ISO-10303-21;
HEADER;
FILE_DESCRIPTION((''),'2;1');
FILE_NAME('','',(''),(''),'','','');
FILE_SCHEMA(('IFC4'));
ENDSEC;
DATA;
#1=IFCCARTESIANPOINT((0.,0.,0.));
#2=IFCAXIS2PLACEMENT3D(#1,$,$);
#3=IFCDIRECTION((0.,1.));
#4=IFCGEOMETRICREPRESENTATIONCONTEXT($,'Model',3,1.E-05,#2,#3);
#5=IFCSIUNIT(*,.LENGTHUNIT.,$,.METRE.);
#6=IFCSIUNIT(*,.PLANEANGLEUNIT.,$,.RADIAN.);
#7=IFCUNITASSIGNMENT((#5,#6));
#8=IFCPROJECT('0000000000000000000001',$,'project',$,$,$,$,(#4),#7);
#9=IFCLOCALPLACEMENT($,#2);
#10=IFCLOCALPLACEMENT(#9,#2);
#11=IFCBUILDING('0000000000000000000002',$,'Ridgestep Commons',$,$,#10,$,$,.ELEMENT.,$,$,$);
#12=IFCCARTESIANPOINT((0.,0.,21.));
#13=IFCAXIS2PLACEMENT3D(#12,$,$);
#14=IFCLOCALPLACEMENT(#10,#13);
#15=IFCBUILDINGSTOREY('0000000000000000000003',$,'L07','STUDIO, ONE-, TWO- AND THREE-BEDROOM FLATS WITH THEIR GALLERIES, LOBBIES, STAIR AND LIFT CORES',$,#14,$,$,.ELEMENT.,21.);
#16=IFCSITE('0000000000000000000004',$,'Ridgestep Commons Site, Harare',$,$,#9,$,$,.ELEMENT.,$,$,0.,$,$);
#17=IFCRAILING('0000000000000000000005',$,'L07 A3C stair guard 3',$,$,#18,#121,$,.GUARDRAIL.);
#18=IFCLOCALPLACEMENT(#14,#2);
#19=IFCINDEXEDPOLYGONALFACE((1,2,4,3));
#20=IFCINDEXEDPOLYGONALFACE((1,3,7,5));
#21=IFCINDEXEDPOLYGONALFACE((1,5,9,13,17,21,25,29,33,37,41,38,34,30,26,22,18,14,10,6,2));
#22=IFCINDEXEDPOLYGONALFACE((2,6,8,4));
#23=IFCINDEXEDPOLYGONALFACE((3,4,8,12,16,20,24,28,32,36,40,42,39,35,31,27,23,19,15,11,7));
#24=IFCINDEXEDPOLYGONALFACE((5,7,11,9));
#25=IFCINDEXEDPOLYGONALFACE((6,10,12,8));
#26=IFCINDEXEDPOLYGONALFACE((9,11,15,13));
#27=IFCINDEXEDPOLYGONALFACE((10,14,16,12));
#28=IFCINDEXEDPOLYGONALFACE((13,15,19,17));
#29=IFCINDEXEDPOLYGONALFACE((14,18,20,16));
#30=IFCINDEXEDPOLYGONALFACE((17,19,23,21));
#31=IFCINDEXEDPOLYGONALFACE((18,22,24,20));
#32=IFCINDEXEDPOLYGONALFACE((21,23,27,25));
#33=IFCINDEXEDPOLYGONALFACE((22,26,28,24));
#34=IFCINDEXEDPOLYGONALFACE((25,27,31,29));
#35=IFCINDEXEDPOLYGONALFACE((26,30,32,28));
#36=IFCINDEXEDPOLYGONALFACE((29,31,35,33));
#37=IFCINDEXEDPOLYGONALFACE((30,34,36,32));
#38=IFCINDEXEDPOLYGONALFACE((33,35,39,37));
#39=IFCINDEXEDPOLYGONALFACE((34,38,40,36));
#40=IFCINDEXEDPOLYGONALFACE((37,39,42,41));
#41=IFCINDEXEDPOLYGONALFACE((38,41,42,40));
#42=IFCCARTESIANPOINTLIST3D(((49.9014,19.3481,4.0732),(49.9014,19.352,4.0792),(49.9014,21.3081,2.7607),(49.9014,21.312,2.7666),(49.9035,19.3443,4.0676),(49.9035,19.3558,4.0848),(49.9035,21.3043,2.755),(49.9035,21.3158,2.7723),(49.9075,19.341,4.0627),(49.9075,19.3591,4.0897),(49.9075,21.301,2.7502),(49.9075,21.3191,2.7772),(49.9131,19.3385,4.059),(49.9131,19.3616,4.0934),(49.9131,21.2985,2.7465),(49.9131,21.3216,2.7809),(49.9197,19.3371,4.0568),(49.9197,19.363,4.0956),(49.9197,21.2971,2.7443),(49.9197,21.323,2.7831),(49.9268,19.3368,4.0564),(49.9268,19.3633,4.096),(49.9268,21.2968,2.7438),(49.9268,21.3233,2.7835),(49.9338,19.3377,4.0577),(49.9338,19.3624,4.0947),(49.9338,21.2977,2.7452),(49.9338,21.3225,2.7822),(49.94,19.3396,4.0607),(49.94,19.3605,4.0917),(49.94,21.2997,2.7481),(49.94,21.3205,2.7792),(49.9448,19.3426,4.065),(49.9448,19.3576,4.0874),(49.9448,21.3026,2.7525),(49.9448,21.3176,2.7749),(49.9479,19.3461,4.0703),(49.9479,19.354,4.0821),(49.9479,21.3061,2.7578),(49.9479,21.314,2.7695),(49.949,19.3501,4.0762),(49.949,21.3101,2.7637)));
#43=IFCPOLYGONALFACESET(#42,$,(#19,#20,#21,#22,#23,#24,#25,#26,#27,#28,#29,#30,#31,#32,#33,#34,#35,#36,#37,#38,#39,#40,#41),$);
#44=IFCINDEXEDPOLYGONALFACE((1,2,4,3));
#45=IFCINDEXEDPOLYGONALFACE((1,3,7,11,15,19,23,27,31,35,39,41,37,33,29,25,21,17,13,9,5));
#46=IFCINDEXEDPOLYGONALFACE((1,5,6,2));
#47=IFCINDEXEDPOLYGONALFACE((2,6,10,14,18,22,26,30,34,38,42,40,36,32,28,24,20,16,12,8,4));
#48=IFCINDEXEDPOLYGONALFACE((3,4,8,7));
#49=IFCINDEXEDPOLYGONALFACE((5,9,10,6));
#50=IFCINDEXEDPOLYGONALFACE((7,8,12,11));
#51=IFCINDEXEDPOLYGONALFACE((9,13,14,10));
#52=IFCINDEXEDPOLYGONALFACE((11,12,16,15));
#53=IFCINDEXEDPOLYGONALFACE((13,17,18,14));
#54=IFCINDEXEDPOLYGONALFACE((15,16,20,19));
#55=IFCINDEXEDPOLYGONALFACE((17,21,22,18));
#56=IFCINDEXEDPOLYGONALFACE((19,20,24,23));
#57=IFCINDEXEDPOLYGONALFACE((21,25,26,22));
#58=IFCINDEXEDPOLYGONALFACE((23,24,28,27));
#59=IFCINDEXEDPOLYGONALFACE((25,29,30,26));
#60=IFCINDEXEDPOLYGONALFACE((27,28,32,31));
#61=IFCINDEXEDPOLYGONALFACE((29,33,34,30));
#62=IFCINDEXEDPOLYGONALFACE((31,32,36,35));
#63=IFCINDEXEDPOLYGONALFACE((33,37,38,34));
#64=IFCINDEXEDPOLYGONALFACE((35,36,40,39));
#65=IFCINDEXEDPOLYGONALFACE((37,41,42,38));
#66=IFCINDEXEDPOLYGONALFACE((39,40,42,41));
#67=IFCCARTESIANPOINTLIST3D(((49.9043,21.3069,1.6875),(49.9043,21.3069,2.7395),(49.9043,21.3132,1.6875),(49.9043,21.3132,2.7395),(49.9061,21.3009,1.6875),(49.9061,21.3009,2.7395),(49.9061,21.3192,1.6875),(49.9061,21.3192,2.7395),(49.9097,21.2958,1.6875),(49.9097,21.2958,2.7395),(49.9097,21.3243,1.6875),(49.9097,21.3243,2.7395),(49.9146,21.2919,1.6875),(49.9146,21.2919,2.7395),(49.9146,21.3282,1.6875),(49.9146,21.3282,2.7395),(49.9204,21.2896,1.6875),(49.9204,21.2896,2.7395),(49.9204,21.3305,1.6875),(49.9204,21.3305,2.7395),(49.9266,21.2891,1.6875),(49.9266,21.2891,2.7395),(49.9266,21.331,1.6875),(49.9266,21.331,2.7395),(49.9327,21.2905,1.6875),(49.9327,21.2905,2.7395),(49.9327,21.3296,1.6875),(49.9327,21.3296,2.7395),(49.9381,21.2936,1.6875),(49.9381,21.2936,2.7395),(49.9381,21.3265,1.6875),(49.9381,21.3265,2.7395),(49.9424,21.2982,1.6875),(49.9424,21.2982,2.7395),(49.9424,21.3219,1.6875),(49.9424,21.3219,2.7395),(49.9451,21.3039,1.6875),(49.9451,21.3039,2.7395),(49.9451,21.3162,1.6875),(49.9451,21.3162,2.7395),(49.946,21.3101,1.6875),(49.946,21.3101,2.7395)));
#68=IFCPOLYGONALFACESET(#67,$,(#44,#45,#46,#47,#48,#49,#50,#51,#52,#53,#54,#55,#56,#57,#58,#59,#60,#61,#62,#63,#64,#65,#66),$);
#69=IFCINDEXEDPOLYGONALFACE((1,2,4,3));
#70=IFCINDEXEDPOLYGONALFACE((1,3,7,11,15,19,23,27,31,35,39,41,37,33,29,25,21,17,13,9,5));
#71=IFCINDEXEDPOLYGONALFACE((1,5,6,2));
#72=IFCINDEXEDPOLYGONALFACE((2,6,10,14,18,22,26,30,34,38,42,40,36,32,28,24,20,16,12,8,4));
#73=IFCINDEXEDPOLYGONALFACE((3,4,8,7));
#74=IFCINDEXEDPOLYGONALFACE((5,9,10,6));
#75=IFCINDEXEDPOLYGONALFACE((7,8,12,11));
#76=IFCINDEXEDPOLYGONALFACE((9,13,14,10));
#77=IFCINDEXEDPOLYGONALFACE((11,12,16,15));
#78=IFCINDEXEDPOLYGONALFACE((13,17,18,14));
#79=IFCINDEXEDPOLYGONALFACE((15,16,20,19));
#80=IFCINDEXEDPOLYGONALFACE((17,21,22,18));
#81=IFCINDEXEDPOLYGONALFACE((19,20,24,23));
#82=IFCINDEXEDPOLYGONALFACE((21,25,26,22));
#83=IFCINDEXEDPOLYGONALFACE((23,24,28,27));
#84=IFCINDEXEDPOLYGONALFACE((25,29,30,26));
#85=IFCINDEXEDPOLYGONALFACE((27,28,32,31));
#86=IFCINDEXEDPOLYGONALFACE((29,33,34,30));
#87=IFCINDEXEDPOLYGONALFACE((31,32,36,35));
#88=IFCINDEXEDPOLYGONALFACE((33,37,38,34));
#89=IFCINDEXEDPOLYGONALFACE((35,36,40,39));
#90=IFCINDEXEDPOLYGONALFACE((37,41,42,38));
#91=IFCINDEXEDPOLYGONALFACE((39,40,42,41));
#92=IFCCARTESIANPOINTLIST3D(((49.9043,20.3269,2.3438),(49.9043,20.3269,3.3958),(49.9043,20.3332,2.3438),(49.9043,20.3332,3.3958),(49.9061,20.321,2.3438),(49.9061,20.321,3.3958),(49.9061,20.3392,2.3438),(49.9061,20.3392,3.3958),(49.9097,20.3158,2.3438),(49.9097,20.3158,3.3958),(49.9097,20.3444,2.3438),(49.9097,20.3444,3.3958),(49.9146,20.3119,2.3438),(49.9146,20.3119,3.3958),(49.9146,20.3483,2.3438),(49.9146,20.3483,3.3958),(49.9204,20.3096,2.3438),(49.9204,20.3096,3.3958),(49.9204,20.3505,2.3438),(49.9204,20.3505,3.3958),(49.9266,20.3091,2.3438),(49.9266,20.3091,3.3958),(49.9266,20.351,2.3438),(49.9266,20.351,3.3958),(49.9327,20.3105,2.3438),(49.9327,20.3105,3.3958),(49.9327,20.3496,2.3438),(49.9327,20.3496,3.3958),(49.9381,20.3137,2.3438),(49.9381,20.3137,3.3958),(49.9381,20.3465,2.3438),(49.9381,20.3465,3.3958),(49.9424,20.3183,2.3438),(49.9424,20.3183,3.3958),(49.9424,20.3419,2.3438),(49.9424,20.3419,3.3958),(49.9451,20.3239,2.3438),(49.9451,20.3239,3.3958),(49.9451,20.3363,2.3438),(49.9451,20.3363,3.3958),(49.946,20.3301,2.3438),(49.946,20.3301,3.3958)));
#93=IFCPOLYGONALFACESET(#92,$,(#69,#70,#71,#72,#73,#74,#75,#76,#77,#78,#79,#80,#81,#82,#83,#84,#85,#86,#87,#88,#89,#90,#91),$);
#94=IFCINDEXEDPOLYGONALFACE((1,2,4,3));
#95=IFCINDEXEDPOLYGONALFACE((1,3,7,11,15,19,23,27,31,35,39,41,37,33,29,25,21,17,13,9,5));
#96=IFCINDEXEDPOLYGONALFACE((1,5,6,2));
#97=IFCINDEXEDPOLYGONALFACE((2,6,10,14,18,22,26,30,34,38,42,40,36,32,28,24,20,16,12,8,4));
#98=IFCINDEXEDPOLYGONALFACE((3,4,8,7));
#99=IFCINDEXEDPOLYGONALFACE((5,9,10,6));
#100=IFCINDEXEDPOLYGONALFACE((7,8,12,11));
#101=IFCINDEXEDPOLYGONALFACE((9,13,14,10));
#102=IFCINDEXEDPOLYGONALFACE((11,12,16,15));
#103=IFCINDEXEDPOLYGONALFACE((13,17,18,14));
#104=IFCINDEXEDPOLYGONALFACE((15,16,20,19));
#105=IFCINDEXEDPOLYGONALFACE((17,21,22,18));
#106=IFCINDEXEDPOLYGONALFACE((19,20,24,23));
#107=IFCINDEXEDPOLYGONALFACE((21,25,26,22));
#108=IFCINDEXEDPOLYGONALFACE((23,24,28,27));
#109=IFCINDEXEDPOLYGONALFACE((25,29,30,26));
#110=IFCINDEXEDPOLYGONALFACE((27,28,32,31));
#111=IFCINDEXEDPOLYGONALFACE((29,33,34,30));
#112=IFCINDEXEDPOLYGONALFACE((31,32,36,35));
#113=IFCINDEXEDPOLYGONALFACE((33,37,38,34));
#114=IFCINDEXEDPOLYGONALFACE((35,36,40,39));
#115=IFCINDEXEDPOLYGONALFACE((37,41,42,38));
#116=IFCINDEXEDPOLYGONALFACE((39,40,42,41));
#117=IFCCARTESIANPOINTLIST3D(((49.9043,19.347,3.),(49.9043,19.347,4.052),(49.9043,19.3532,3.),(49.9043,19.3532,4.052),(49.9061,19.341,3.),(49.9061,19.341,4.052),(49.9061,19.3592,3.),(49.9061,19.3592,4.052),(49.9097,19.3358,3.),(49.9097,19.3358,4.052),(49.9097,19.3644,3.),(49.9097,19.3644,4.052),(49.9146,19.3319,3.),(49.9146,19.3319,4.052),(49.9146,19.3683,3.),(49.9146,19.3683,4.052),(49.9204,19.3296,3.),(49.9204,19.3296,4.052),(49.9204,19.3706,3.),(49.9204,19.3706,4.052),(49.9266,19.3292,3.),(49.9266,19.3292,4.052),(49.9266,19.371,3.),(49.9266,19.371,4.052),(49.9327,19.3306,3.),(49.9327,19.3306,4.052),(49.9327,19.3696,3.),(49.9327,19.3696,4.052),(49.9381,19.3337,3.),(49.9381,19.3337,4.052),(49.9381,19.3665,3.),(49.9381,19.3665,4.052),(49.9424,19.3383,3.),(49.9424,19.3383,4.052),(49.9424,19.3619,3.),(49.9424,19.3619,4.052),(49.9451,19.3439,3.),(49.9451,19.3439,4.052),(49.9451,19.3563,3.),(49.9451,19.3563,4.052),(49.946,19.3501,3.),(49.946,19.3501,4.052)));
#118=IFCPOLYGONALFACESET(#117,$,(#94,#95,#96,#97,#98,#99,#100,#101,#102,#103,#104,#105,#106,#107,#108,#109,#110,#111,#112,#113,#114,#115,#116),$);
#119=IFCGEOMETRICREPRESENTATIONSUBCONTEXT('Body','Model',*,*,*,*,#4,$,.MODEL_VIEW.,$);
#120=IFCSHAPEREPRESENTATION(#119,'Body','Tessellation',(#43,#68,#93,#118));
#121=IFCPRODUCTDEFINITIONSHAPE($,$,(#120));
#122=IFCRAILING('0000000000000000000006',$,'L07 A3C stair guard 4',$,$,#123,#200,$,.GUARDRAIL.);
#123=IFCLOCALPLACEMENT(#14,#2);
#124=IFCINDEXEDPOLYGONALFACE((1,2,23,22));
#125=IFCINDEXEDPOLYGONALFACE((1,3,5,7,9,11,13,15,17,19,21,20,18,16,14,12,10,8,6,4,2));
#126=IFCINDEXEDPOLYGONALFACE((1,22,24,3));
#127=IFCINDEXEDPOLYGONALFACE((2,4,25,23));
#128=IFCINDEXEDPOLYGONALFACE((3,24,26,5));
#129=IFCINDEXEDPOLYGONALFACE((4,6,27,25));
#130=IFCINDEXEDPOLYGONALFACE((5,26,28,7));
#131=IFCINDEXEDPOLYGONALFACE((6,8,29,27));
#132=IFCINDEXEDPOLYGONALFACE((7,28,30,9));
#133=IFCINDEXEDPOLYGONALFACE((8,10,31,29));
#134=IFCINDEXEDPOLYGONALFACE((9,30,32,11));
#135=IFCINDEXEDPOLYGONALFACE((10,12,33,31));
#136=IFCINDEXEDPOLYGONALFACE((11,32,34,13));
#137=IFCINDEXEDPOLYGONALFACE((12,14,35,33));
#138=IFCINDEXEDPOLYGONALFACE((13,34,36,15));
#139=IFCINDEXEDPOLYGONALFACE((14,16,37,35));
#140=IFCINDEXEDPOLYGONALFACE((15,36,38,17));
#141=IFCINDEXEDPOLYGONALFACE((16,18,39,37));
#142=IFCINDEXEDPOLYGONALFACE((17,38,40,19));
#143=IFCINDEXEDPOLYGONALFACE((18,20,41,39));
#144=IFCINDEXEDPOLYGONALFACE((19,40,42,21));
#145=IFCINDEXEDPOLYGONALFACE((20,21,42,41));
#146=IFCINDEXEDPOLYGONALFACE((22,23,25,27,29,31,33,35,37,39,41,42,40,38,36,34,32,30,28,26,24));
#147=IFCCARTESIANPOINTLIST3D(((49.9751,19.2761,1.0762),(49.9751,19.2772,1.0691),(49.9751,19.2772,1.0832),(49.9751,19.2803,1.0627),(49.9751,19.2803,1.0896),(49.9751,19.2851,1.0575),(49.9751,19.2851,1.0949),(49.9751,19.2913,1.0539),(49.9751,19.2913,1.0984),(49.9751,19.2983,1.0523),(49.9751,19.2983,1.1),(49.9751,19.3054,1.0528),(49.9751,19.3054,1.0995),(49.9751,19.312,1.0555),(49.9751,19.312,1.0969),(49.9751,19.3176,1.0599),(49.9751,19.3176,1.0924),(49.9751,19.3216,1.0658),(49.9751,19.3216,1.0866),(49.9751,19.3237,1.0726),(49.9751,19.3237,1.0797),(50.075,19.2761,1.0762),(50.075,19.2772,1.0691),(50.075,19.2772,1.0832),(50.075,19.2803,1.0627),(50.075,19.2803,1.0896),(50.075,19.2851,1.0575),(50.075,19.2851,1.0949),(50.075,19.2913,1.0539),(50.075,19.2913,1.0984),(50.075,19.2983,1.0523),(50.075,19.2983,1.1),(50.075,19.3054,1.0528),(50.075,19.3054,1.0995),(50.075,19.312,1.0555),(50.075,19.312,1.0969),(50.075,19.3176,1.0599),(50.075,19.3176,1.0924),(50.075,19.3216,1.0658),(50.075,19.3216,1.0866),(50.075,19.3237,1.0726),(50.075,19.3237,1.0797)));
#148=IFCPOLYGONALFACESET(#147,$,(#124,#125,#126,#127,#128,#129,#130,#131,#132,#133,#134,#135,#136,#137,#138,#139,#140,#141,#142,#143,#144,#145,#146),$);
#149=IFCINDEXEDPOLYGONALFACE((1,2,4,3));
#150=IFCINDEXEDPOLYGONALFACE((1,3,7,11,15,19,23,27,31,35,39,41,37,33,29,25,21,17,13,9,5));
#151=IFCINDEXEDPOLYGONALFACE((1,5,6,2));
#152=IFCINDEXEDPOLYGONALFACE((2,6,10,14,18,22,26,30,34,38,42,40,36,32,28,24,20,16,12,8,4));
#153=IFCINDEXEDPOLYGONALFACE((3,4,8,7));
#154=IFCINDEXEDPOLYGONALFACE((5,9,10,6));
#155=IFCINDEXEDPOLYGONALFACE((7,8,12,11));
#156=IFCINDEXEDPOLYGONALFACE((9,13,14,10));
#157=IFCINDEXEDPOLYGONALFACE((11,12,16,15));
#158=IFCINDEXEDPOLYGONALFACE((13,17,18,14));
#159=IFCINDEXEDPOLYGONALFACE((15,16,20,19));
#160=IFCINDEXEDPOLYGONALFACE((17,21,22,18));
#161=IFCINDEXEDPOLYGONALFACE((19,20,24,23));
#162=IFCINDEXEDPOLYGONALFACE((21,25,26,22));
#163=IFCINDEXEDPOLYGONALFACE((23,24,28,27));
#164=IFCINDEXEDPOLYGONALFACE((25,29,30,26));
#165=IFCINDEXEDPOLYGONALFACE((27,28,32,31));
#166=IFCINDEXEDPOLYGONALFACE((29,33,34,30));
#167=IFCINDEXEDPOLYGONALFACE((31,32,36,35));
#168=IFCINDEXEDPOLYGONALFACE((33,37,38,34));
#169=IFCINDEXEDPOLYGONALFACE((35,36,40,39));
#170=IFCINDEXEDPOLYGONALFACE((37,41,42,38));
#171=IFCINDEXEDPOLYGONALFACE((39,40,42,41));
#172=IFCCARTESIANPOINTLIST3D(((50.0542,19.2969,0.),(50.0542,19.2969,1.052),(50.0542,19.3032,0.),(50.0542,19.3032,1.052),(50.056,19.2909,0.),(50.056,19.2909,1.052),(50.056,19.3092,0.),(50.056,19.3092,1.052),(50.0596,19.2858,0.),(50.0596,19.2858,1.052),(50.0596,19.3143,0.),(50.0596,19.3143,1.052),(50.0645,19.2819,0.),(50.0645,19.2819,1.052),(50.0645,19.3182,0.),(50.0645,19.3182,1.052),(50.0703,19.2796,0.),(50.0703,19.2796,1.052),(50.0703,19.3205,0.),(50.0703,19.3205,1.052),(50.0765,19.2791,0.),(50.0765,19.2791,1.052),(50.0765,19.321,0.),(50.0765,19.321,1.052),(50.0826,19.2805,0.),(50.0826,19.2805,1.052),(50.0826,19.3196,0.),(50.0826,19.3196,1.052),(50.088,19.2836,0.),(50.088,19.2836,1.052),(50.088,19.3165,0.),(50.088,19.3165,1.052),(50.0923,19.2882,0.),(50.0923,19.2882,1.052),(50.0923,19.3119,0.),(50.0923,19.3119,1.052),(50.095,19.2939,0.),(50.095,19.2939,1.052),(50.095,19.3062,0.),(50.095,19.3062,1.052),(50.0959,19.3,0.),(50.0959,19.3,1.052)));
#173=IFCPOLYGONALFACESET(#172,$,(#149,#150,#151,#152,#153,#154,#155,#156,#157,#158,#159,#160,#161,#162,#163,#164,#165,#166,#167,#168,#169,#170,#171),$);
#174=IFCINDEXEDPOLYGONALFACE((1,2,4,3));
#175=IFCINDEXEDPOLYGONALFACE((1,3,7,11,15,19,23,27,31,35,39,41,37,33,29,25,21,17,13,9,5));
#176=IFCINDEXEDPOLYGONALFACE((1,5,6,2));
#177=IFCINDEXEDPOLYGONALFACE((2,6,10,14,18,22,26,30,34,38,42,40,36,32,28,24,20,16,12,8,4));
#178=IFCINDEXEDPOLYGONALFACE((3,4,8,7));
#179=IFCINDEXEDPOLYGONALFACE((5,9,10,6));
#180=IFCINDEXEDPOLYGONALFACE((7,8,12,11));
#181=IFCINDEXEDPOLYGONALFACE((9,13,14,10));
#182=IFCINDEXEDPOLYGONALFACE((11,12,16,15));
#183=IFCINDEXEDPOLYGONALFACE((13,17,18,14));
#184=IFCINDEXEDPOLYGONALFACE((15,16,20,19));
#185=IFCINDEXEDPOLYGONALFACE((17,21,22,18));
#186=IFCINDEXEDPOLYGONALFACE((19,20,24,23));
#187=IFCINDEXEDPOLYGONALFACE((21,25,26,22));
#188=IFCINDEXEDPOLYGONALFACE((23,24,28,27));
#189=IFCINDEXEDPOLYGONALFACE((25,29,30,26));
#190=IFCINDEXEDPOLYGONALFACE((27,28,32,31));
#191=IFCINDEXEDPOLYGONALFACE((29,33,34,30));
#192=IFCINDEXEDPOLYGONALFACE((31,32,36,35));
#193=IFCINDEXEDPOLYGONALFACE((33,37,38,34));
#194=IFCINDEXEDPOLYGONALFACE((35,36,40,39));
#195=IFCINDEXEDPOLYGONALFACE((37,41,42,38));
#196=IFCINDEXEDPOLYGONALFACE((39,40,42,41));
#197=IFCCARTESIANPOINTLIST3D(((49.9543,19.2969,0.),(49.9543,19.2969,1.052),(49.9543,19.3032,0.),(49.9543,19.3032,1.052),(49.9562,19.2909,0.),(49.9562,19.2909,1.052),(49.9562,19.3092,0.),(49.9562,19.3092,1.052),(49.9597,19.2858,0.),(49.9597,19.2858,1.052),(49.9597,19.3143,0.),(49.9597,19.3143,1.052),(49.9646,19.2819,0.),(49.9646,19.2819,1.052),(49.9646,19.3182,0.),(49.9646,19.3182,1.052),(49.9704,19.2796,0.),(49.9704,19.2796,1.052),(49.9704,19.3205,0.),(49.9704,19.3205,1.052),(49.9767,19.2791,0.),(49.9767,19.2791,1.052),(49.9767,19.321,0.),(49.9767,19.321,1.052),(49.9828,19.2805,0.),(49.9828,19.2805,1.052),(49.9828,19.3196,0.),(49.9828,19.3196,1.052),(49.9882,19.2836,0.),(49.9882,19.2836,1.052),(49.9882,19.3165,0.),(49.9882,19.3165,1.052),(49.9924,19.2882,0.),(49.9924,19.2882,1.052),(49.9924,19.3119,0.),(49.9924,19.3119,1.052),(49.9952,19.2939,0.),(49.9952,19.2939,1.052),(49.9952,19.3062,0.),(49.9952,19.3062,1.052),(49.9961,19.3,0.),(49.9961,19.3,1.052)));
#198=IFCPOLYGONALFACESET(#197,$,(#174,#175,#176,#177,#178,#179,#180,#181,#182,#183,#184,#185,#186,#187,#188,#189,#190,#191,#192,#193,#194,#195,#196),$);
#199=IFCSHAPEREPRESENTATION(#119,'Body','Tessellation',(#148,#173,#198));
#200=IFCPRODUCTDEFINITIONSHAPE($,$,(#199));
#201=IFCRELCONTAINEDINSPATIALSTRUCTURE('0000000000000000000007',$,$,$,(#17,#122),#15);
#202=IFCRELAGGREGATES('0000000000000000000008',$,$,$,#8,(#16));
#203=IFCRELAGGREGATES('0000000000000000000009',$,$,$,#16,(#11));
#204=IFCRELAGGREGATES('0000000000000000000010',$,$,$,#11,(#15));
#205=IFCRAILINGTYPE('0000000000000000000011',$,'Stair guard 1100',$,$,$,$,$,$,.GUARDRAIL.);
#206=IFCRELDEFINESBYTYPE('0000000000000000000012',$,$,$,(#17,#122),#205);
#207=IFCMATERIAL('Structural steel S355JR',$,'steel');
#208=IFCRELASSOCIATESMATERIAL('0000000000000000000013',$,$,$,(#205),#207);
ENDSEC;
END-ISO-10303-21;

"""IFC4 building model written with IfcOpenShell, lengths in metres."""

from ifc_helpers import new_model, si_unit, direction, frame, origin, origin_2d, place, context, subcontext, project, spatial, circle, extrude, material, type_object, element, save


model = new_model("IFC4")

# Units and contexts
model_context = context("Model", 3, precision=1e-05, world=origin(), true_north=direction((0.0, 1.0)))
body_context = subcontext(model_context, "Body", "Model", "MODEL_VIEW")
ifc_project = project(units=[si_unit("LENGTHUNIT", "METRE"), si_unit("PLANEANGLEUNIT", "RADIAN")], contexts=[model_context])

# Site, building, storey
site_placement = place(None, origin())
site = spatial("IfcSite", under=ifc_project, at=site_placement, Name="Ridgestep Commons Site, Harare", CompositionType="ELEMENT", RefElevation=0.0)
building_placement = place(site_placement, origin())
building = spatial("IfcBuilding", under=site, at=building_placement, Name="Ridgestep Commons", CompositionType="ELEMENT")
storey_placement = place(building_placement, frame((0.0, 0.0, 21.0)))
storey = spatial("IfcBuildingStorey", under=building, at=storey_placement, Name="L07", Description="STUDIO, ONE-, TWO- AND THREE-BEDROOM FLATS WITH THEIR GALLERIES, LOBBIES, STAIR AND LIFT CORES", CompositionType="ELEMENT", Elevation=21.0)

# Railings
ifc_material_1 = material(Name="Structural steel S355JR", Category="steel")
railing_type_1 = type_object("IfcRailingType", Name="Stair guard 1100", PredefinedType="GUARDRAIL", material=ifc_material_1)
railing_1_placement = place(storey_placement, frame((49.925, 21.3101, 1.6875)))
element("IfcRailing", 1, at=railing_1_placement, inside=storey, type_object=railing_type_1, Name="L07 A3C stair guard 3", PredefinedType="GUARDRAIL", context=body_context, shape_type="SweptSolid", body=[
    extrude(circle(Radius=0.0239, at=origin_2d()), frame((0.0, 0.0, 1.0762), z_axis=(0.0, -0.830902, 0.556419), x_axis=(1.0, 0.0, 0.0)), (0.0, 0.0, 1.0), 2.3589),
    extrude(circle(Radius=0.021, at=origin_2d()), origin(), (0.0, 0.0, 1.0), 1.052),
    extrude(circle(Radius=0.021, at=origin_2d()), frame((0.0, -0.98, 0.6562)), (0.0, 0.0, 1.0), 1.052),
    extrude(circle(Radius=0.021, at=origin_2d()), frame((0.0, -1.96, 1.3125)), (0.0, 0.0, 1.0), 1.052),
])
railing_2_placement = place(storey_placement, frame((50.075, 19.3, 0.0)))
element("IfcRailing", 2, at=railing_2_placement, inside=storey, type_object=railing_type_1, Name="L07 A3C stair guard 4", PredefinedType="GUARDRAIL", context=body_context, shape_type="SweptSolid", body=[
    extrude(circle(Radius=0.0239, at=origin_2d()), frame((0.0, 0.0, 1.0762), z_axis=(-1.0, 0.0, 0.0), x_axis=(0.0, -1.0, 0.0)), (0.0, 0.0, 1.0), 0.0999),
    extrude(circle(Radius=0.021, at=origin_2d()), origin(), (0.0, 0.0, 1.0), 1.052),
    extrude(circle(Radius=0.021, at=origin_2d()), frame((-0.0999, 0.0, 0.0)), (0.0, 0.0, 1.0), 1.052),
])

save(model, "model.ifc")
